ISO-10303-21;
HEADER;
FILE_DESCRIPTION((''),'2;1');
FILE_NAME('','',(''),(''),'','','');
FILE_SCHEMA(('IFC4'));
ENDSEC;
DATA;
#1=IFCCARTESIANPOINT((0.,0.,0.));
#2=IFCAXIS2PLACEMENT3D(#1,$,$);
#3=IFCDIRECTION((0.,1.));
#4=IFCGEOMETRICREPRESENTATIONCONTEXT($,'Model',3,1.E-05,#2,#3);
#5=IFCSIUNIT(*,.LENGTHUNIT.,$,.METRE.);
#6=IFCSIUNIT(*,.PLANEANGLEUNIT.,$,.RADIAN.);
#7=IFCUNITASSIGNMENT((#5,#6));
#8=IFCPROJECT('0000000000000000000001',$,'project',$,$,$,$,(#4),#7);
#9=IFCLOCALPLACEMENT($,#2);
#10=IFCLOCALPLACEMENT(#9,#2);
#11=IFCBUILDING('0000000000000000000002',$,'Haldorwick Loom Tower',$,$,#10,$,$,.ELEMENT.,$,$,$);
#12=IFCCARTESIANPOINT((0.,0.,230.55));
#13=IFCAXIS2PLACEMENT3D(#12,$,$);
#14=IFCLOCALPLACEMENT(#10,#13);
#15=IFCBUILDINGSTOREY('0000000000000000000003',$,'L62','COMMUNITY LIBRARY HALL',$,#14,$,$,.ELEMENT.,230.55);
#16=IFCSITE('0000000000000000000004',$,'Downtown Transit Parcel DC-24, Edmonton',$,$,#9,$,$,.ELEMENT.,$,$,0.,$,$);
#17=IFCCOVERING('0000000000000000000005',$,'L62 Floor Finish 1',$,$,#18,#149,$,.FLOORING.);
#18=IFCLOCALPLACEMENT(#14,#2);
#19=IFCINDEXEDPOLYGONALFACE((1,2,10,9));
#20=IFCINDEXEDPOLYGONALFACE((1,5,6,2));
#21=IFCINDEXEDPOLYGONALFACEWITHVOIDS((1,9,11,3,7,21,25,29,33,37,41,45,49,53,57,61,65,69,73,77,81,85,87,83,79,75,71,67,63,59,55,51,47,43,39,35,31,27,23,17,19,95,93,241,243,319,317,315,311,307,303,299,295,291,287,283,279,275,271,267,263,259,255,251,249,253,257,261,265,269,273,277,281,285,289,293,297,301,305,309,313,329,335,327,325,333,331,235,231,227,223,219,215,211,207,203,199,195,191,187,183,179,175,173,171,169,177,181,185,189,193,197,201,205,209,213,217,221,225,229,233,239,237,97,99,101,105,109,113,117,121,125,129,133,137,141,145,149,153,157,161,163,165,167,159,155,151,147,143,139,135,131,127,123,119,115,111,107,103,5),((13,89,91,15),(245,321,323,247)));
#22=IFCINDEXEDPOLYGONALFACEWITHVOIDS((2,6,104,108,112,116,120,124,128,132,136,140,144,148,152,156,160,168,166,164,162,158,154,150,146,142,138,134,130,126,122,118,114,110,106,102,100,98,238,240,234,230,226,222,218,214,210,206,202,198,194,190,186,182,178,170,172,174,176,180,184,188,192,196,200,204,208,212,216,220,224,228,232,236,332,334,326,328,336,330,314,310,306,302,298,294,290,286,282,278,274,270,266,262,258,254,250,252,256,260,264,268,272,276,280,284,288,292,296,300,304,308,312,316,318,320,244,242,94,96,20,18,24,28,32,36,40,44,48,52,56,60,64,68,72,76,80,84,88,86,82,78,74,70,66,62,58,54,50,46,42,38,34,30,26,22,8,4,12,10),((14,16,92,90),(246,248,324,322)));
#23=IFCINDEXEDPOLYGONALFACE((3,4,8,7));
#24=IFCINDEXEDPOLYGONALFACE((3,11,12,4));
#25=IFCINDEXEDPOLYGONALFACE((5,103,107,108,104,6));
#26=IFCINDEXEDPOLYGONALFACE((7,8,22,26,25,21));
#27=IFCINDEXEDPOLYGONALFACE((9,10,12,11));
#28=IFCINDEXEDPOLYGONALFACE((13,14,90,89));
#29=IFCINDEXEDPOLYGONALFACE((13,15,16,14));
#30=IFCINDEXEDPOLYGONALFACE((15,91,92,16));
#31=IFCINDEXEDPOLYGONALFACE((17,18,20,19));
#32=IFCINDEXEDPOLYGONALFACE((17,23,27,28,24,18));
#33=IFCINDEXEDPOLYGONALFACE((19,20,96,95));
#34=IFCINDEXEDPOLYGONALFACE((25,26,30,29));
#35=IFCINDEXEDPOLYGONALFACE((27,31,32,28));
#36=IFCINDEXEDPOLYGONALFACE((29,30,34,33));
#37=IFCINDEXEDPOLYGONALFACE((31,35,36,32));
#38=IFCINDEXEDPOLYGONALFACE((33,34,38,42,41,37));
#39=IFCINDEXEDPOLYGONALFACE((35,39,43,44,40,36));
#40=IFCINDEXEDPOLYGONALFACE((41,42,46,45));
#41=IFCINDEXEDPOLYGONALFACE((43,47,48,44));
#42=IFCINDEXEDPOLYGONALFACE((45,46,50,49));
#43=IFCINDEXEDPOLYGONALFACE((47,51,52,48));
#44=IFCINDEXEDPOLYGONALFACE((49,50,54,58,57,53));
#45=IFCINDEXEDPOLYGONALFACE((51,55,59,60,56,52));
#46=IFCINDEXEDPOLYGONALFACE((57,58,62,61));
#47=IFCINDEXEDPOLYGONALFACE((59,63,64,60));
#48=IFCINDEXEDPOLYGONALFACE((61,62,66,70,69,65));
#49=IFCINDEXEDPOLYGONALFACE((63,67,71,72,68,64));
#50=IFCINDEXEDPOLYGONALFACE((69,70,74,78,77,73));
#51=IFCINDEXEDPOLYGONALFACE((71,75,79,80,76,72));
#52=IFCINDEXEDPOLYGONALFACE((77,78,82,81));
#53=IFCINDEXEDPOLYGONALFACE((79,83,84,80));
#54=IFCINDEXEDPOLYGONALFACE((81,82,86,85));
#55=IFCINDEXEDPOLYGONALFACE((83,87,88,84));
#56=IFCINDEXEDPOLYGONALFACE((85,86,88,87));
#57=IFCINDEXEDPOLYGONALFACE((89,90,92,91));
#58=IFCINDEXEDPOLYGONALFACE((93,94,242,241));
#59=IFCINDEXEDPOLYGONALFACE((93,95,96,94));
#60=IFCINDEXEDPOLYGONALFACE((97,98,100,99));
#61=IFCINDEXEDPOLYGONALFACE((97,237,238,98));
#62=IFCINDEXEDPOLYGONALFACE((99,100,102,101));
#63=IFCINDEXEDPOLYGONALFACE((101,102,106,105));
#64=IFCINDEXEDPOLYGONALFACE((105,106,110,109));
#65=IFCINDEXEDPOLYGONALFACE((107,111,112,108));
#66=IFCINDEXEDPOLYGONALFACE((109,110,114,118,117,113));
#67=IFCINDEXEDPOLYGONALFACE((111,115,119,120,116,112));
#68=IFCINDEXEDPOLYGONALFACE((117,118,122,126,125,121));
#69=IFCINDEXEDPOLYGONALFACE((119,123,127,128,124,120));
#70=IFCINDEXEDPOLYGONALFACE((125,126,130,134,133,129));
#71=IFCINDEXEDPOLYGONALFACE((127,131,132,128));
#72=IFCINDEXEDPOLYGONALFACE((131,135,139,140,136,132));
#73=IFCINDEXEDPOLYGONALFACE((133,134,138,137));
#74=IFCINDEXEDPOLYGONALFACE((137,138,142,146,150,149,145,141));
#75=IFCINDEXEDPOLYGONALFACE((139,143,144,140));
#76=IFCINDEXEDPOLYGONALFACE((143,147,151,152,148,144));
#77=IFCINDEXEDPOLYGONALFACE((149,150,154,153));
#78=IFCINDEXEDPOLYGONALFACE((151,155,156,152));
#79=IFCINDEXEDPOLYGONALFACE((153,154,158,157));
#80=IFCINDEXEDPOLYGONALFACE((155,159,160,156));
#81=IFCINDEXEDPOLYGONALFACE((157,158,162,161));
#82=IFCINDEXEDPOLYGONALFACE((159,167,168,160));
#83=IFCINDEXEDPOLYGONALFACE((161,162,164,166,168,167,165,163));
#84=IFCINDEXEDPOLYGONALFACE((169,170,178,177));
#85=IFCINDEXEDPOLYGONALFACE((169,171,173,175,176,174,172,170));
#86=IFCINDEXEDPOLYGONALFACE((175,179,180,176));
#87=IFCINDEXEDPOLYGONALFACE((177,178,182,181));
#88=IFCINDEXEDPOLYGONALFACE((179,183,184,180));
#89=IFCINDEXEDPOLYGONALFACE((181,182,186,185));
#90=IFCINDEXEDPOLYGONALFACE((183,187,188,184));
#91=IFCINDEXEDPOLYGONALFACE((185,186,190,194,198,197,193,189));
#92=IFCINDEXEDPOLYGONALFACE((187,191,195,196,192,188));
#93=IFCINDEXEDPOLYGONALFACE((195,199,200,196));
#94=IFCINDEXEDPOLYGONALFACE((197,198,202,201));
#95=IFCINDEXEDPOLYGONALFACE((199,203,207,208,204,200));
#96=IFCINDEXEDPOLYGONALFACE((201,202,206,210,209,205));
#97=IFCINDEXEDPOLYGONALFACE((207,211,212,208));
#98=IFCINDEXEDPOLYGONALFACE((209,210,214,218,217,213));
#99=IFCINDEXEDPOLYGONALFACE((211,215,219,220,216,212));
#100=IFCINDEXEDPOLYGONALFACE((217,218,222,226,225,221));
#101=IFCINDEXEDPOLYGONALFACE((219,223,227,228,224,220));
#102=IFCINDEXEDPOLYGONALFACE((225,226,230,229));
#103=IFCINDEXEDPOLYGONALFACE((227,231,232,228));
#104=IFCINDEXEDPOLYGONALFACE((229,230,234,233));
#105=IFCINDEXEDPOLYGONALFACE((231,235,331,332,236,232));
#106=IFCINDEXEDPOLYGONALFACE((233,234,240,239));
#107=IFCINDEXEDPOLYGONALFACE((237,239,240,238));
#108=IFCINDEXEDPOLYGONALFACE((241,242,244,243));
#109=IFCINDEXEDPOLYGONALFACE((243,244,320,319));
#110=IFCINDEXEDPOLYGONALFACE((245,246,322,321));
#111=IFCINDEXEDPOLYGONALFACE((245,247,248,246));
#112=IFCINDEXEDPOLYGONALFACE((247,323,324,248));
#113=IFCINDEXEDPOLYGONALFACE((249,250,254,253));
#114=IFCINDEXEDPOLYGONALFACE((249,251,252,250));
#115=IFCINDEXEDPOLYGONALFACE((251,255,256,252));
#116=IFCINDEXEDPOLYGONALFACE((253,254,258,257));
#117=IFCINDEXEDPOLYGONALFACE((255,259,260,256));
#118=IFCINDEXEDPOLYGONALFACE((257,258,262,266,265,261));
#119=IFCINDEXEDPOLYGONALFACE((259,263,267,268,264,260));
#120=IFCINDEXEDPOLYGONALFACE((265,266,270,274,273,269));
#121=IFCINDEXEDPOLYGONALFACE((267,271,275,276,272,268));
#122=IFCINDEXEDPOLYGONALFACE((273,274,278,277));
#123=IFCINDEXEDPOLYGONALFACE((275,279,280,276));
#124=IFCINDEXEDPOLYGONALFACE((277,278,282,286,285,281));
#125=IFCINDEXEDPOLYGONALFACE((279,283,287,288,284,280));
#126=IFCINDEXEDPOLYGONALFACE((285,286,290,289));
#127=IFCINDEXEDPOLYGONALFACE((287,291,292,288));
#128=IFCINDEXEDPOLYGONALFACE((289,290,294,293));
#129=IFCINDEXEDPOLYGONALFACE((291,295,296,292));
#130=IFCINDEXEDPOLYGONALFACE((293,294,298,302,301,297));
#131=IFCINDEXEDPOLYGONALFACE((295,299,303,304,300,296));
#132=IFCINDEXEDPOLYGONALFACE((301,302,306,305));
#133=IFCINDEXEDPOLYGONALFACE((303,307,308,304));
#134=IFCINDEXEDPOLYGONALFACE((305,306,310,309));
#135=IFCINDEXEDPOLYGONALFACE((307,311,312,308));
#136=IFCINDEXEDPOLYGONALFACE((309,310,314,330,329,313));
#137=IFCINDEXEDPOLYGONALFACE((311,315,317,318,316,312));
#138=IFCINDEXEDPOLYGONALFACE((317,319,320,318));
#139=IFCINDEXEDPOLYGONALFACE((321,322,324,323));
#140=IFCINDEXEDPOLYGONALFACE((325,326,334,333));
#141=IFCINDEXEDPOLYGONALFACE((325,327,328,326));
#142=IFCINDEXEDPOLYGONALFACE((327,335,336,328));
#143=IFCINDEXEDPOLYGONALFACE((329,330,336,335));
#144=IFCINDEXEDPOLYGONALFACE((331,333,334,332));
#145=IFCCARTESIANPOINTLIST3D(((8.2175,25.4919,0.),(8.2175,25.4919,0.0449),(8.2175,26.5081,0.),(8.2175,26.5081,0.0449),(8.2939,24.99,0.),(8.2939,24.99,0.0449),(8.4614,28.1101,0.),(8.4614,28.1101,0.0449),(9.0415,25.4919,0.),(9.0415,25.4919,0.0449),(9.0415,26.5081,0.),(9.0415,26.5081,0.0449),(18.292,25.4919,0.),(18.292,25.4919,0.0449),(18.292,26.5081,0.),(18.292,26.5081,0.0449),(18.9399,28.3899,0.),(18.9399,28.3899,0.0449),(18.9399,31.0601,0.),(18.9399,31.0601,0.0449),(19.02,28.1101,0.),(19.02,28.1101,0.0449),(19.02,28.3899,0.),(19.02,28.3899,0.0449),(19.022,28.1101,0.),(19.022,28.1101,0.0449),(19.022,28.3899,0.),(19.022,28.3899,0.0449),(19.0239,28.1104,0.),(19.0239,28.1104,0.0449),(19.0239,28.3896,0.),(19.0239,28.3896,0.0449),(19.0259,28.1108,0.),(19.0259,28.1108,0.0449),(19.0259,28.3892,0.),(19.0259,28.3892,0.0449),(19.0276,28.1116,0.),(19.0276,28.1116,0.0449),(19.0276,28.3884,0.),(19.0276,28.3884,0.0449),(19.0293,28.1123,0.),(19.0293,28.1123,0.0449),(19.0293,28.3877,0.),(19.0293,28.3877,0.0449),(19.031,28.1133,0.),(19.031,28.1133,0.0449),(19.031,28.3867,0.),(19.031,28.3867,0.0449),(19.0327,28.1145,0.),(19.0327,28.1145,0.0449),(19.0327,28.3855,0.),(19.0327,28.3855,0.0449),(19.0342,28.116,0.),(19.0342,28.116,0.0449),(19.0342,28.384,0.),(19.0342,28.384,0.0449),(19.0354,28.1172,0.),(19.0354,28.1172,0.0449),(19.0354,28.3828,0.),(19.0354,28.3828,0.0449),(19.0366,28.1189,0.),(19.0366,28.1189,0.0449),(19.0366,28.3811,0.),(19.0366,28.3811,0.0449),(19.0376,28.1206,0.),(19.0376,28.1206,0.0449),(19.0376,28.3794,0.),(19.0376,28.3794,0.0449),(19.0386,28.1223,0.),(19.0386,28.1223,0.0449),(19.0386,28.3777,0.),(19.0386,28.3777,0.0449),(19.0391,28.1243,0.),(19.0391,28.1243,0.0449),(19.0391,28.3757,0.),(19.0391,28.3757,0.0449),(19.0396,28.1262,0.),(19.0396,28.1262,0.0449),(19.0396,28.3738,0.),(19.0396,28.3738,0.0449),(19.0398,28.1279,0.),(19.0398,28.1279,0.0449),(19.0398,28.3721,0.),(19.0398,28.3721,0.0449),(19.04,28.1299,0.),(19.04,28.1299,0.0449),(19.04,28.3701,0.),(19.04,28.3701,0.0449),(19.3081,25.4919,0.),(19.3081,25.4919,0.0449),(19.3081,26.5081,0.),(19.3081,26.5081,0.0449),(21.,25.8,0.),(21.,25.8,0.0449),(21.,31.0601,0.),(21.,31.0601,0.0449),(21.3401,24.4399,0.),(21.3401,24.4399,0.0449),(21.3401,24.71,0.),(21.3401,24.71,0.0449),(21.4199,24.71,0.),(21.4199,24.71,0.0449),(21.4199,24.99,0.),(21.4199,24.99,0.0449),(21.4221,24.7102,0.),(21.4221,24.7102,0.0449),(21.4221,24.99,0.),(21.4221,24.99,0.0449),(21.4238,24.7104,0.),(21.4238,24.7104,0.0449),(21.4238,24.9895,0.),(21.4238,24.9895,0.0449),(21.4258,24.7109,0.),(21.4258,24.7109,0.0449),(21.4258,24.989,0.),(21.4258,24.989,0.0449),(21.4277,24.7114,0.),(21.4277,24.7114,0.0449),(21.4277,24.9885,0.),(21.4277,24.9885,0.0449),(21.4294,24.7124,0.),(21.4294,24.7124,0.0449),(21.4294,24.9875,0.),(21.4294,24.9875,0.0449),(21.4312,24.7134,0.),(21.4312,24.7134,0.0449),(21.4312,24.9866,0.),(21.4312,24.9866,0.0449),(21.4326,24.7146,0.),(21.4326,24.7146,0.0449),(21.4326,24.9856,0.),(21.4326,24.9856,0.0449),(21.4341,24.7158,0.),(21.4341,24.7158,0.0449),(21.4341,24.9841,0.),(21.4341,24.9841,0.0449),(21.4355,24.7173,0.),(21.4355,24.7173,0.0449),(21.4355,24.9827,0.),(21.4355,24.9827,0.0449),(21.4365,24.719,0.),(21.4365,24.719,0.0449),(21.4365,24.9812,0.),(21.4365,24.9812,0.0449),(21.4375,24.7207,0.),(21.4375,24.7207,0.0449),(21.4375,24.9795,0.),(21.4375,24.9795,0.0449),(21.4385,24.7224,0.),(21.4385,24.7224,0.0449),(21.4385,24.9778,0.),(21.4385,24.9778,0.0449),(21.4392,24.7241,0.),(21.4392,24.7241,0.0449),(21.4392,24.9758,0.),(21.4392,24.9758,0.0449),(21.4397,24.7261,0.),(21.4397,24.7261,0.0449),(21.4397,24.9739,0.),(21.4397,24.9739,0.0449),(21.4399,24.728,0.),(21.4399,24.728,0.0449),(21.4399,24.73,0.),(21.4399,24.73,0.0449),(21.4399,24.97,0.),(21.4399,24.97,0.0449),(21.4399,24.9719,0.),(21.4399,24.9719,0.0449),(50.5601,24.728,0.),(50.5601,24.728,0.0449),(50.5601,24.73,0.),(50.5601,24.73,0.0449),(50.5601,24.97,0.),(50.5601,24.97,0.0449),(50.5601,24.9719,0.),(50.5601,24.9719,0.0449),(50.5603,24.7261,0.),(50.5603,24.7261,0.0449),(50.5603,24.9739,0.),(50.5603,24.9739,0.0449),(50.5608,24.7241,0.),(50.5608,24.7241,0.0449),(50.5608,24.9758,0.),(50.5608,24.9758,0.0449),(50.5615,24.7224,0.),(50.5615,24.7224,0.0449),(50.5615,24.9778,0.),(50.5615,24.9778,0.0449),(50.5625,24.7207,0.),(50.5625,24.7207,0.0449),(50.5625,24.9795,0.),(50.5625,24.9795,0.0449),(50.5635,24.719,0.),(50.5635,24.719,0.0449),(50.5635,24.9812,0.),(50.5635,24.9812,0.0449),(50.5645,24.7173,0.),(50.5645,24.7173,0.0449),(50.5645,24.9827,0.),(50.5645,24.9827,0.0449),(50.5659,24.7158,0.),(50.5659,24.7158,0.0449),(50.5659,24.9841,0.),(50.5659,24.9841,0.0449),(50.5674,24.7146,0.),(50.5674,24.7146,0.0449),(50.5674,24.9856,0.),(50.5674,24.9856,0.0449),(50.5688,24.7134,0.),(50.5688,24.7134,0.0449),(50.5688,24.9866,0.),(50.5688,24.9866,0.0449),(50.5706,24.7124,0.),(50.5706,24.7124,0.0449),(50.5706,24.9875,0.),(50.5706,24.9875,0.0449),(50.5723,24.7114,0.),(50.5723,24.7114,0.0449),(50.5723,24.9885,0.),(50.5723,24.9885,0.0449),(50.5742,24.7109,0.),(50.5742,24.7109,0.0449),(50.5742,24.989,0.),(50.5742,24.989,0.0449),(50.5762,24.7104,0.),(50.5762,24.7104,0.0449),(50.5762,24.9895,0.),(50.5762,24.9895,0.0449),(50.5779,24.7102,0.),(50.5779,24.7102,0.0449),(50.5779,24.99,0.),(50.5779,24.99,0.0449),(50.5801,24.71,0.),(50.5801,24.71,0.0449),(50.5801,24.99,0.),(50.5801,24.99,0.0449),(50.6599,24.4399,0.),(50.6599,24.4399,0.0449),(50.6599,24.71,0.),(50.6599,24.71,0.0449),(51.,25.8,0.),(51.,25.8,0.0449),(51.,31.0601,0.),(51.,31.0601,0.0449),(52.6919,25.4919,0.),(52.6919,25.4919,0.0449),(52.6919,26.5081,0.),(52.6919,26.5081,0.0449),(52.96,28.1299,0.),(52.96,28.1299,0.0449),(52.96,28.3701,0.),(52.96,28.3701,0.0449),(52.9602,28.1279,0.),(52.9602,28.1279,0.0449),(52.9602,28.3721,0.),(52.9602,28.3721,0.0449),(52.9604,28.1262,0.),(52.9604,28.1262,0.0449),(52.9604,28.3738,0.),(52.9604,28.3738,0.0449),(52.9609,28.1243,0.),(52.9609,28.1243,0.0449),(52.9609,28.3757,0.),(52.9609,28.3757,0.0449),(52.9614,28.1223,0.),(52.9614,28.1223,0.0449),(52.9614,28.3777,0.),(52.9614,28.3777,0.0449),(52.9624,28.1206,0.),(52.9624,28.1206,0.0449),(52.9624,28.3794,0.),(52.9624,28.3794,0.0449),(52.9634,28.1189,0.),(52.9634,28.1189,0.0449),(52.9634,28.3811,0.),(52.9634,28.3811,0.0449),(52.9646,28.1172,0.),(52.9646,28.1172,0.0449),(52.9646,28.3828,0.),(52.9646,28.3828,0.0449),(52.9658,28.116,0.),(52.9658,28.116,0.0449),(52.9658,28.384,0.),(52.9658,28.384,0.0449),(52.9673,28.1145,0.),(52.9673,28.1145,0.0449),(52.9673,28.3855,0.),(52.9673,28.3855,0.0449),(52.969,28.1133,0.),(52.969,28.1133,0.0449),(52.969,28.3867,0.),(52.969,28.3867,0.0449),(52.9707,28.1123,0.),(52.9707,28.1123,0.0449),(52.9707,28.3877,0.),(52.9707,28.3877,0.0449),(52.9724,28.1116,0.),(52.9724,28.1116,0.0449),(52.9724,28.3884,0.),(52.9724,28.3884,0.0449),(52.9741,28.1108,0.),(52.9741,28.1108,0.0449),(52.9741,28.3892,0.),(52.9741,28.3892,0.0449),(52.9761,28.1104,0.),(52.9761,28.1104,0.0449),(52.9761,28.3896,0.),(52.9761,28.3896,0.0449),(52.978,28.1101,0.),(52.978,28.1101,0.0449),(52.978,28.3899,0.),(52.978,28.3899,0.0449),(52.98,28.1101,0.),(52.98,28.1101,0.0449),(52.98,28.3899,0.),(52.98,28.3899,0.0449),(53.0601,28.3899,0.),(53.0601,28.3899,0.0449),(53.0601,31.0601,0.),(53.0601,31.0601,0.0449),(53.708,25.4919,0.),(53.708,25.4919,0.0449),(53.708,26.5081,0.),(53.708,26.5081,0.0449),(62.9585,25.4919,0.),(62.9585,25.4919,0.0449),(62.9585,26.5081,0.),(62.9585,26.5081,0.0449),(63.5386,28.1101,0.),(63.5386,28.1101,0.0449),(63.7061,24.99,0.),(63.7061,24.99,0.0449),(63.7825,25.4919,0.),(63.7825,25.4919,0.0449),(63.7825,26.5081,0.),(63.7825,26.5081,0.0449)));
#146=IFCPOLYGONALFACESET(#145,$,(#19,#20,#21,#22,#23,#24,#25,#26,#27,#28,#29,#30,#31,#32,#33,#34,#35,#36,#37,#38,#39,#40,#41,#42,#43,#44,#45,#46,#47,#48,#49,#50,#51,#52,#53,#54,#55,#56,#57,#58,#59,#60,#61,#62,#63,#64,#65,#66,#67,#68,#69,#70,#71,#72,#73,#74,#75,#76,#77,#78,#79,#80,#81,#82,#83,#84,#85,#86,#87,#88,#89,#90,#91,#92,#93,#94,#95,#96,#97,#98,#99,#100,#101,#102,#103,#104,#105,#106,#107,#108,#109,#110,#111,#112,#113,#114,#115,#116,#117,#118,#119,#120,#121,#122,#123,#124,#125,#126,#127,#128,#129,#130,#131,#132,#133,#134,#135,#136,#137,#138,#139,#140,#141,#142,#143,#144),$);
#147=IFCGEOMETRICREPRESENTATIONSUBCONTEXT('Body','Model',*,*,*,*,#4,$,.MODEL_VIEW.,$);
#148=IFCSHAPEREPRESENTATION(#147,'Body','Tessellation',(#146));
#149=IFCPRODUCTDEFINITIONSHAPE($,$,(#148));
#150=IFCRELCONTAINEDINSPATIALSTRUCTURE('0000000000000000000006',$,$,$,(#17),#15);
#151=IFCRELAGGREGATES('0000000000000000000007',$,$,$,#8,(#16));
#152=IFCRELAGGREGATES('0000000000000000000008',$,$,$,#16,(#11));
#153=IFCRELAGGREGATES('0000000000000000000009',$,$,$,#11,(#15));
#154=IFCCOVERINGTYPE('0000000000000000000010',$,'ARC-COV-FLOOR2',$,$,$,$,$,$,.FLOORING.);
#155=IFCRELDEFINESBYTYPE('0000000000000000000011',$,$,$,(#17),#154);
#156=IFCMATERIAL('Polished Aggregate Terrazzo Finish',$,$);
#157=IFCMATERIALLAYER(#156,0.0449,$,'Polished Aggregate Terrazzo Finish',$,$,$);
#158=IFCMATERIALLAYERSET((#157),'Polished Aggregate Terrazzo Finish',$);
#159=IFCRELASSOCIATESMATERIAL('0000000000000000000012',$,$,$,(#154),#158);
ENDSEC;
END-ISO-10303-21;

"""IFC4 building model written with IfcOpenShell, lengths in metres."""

from ifc_helpers import new_model, si_unit, direction, frame, origin, place, context, subcontext, project, spatial, polyline, outline, extrude, material, layer, layer_set, type_object, element, save


model = new_model("IFC4")

# Units and contexts
model_context = context("Model", 3, precision=1e-05, world=origin(), true_north=direction((0.0, 1.0)))
body_context = subcontext(model_context, "Body", "Model", "MODEL_VIEW")
ifc_project = project(units=[si_unit("LENGTHUNIT", "METRE"), si_unit("PLANEANGLEUNIT", "RADIAN")], contexts=[model_context])

# Site, building, storey
site_placement = place(None, origin())
site = spatial("IfcSite", under=ifc_project, at=site_placement, Name="Downtown Transit Parcel DC-24, Edmonton", CompositionType="ELEMENT", RefElevation=0.0)
building_placement = place(site_placement, origin())
building = spatial("IfcBuilding", under=site, at=building_placement, Name="Haldorwick Loom Tower", CompositionType="ELEMENT")
storey_placement = place(building_placement, frame((0.0, 0.0, 230.55)))
storey = spatial("IfcBuildingStorey", under=building, at=storey_placement, Name="L62", Description="COMMUNITY LIBRARY HALL", CompositionType="ELEMENT", Elevation=230.55)

# Covering
ifc_material_1 = material(Name="Polished Aggregate Terrazzo Finish")
ifc_layer_1 = layer(ifc_material_1, 0.0449, Name="Polished Aggregate Terrazzo Finish")
ifc_layer_set_1 = layer_set([ifc_layer_1], Name="Polished Aggregate Terrazzo Finish")
covering_type_1 = type_object("IfcCoveringType", Name="ARC-COV-FLOOR2", PredefinedType="FLOORING", material=ifc_layer_set_1)
covering_1_placement = place(storey_placement, origin())
element("IfcCovering", 1, at=covering_1_placement, inside=storey, type_object=covering_type_1, Name="L62 Floor Finish 1", PredefinedType="FLOORING", context=body_context, shape_type="SweptSolid", body=[
    extrude(outline(polyline([(8.2939, 24.99), (21.4199, 24.99), (21.4221, 24.99), (21.4238, 24.9895), (21.4258, 24.989), (21.4277, 24.9885), (21.4294, 24.9875), (21.4312, 24.9866), (21.4326, 24.9856), (21.4341, 24.9841), (21.4355, 24.9827), (21.4365, 24.9812), (21.4375, 24.9795), (21.4385, 24.9778), (21.4392, 24.9758), (21.4397, 24.9739), (21.4399, 24.9719), (21.4399, 24.97), (21.4399, 24.73), (21.4399, 24.728), (21.4397, 24.7261), (21.4392, 24.7241), (21.4385, 24.7224), (21.4375, 24.7207), (21.4365, 24.719), (21.4355, 24.7173), (21.4341, 24.7158), (21.4326, 24.7146), (21.4312, 24.7134), (21.4294, 24.7124), (21.4277, 24.7114), (21.4258, 24.7109), (21.4238, 24.7104), (21.4221, 24.7102), (21.4199, 24.71), (21.3401, 24.71), (21.3401, 24.4399), (50.6599, 24.4399), (50.6599, 24.71), (50.5801, 24.71), (50.5779, 24.7102), (50.5762, 24.7104), (50.5742, 24.7109), (50.5723, 24.7114), (50.5706, 24.7124), (50.5688, 24.7134), (50.5674, 24.7146), (50.5659, 24.7158), (50.5645, 24.7173), (50.5635, 24.719), (50.5625, 24.7207), (50.5615, 24.7224), (50.5608, 24.7241), (50.5603, 24.7261), (50.5601, 24.728), (50.5601, 24.73), (50.5601, 24.97), (50.5601, 24.9719), (50.5603, 24.9739), (50.5608, 24.9758), (50.5615, 24.9778), (50.5625, 24.9795), (50.5635, 24.9812), (50.5645, 24.9827), (50.5659, 24.9841), (50.5674, 24.9856), (50.5688, 24.9866), (50.5706, 24.9875), (50.5723, 24.9885), (50.5742, 24.989), (50.5762, 24.9895), (50.5779, 24.99), (50.5801, 24.99), (63.7061, 24.99), (63.7825, 25.4919), (62.9585, 25.4919), (62.9585, 26.5081), (63.7825, 26.5081), (63.5386, 28.1101), (52.98, 28.1101), (52.978, 28.1101), (52.9761, 28.1104), (52.9741, 28.1108), (52.9724, 28.1116), (52.9707, 28.1123), (52.969, 28.1133), (52.9673, 28.1145), (52.9658, 28.116), (52.9646, 28.1172), (52.9634, 28.1189), (52.9624, 28.1206), (52.9614, 28.1223), (52.9609, 28.1243), (52.9604, 28.1262), (52.9602, 28.1279), (52.96, 28.1299), (52.96, 28.3701), (52.9602, 28.3721), (52.9604, 28.3738), (52.9609, 28.3757), (52.9614, 28.3777), (52.9624, 28.3794), (52.9634, 28.3811), (52.9646, 28.3828), (52.9658, 28.384), (52.9673, 28.3855), (52.969, 28.3867), (52.9707, 28.3877), (52.9724, 28.3884), (52.9741, 28.3892), (52.9761, 28.3896), (52.978, 28.3899), (52.98, 28.3899), (53.0601, 28.3899), (53.0601, 31.0601), (51.0, 31.0601), (51.0, 25.8), (21.0, 25.8), (21.0, 31.0601), (18.9399, 31.0601), (18.9399, 28.3899), (19.02, 28.3899), (19.022, 28.3899), (19.0239, 28.3896), (19.0259, 28.3892), (19.0276, 28.3884), (19.0293, 28.3877), (19.031, 28.3867), (19.0327, 28.3855), (19.0342, 28.384), (19.0354, 28.3828), (19.0366, 28.3811), (19.0376, 28.3794), (19.0386, 28.3777), (19.0391, 28.3757), (19.0396, 28.3738), (19.0398, 28.3721), (19.04, 28.3701), (19.04, 28.1299), (19.0398, 28.1279), (19.0396, 28.1262), (19.0391, 28.1243), (19.0386, 28.1223), (19.0376, 28.1206), (19.0366, 28.1189), (19.0354, 28.1172), (19.0342, 28.116), (19.0327, 28.1145), (19.031, 28.1133), (19.0293, 28.1123), (19.0276, 28.1116), (19.0259, 28.1108), (19.0239, 28.1104), (19.022, 28.1101), (19.02, 28.1101), (8.4614, 28.1101), (8.2175, 26.5081), (9.0415, 26.5081), (9.0415, 25.4919), (8.2175, 25.4919), (8.2939, 24.99)]), holes=[polyline([(19.3081, 26.5081), (19.3081, 25.4919), (18.292, 25.4919), (18.292, 26.5081), (19.3081, 26.5081)]), polyline([(53.708, 26.5081), (53.708, 25.4919), (52.6919, 25.4919), (52.6919, 26.5081), (53.708, 26.5081)])]), origin(), (0.0, 0.0, 1.0), 0.0449),
])

save(model, "model.ifc")
